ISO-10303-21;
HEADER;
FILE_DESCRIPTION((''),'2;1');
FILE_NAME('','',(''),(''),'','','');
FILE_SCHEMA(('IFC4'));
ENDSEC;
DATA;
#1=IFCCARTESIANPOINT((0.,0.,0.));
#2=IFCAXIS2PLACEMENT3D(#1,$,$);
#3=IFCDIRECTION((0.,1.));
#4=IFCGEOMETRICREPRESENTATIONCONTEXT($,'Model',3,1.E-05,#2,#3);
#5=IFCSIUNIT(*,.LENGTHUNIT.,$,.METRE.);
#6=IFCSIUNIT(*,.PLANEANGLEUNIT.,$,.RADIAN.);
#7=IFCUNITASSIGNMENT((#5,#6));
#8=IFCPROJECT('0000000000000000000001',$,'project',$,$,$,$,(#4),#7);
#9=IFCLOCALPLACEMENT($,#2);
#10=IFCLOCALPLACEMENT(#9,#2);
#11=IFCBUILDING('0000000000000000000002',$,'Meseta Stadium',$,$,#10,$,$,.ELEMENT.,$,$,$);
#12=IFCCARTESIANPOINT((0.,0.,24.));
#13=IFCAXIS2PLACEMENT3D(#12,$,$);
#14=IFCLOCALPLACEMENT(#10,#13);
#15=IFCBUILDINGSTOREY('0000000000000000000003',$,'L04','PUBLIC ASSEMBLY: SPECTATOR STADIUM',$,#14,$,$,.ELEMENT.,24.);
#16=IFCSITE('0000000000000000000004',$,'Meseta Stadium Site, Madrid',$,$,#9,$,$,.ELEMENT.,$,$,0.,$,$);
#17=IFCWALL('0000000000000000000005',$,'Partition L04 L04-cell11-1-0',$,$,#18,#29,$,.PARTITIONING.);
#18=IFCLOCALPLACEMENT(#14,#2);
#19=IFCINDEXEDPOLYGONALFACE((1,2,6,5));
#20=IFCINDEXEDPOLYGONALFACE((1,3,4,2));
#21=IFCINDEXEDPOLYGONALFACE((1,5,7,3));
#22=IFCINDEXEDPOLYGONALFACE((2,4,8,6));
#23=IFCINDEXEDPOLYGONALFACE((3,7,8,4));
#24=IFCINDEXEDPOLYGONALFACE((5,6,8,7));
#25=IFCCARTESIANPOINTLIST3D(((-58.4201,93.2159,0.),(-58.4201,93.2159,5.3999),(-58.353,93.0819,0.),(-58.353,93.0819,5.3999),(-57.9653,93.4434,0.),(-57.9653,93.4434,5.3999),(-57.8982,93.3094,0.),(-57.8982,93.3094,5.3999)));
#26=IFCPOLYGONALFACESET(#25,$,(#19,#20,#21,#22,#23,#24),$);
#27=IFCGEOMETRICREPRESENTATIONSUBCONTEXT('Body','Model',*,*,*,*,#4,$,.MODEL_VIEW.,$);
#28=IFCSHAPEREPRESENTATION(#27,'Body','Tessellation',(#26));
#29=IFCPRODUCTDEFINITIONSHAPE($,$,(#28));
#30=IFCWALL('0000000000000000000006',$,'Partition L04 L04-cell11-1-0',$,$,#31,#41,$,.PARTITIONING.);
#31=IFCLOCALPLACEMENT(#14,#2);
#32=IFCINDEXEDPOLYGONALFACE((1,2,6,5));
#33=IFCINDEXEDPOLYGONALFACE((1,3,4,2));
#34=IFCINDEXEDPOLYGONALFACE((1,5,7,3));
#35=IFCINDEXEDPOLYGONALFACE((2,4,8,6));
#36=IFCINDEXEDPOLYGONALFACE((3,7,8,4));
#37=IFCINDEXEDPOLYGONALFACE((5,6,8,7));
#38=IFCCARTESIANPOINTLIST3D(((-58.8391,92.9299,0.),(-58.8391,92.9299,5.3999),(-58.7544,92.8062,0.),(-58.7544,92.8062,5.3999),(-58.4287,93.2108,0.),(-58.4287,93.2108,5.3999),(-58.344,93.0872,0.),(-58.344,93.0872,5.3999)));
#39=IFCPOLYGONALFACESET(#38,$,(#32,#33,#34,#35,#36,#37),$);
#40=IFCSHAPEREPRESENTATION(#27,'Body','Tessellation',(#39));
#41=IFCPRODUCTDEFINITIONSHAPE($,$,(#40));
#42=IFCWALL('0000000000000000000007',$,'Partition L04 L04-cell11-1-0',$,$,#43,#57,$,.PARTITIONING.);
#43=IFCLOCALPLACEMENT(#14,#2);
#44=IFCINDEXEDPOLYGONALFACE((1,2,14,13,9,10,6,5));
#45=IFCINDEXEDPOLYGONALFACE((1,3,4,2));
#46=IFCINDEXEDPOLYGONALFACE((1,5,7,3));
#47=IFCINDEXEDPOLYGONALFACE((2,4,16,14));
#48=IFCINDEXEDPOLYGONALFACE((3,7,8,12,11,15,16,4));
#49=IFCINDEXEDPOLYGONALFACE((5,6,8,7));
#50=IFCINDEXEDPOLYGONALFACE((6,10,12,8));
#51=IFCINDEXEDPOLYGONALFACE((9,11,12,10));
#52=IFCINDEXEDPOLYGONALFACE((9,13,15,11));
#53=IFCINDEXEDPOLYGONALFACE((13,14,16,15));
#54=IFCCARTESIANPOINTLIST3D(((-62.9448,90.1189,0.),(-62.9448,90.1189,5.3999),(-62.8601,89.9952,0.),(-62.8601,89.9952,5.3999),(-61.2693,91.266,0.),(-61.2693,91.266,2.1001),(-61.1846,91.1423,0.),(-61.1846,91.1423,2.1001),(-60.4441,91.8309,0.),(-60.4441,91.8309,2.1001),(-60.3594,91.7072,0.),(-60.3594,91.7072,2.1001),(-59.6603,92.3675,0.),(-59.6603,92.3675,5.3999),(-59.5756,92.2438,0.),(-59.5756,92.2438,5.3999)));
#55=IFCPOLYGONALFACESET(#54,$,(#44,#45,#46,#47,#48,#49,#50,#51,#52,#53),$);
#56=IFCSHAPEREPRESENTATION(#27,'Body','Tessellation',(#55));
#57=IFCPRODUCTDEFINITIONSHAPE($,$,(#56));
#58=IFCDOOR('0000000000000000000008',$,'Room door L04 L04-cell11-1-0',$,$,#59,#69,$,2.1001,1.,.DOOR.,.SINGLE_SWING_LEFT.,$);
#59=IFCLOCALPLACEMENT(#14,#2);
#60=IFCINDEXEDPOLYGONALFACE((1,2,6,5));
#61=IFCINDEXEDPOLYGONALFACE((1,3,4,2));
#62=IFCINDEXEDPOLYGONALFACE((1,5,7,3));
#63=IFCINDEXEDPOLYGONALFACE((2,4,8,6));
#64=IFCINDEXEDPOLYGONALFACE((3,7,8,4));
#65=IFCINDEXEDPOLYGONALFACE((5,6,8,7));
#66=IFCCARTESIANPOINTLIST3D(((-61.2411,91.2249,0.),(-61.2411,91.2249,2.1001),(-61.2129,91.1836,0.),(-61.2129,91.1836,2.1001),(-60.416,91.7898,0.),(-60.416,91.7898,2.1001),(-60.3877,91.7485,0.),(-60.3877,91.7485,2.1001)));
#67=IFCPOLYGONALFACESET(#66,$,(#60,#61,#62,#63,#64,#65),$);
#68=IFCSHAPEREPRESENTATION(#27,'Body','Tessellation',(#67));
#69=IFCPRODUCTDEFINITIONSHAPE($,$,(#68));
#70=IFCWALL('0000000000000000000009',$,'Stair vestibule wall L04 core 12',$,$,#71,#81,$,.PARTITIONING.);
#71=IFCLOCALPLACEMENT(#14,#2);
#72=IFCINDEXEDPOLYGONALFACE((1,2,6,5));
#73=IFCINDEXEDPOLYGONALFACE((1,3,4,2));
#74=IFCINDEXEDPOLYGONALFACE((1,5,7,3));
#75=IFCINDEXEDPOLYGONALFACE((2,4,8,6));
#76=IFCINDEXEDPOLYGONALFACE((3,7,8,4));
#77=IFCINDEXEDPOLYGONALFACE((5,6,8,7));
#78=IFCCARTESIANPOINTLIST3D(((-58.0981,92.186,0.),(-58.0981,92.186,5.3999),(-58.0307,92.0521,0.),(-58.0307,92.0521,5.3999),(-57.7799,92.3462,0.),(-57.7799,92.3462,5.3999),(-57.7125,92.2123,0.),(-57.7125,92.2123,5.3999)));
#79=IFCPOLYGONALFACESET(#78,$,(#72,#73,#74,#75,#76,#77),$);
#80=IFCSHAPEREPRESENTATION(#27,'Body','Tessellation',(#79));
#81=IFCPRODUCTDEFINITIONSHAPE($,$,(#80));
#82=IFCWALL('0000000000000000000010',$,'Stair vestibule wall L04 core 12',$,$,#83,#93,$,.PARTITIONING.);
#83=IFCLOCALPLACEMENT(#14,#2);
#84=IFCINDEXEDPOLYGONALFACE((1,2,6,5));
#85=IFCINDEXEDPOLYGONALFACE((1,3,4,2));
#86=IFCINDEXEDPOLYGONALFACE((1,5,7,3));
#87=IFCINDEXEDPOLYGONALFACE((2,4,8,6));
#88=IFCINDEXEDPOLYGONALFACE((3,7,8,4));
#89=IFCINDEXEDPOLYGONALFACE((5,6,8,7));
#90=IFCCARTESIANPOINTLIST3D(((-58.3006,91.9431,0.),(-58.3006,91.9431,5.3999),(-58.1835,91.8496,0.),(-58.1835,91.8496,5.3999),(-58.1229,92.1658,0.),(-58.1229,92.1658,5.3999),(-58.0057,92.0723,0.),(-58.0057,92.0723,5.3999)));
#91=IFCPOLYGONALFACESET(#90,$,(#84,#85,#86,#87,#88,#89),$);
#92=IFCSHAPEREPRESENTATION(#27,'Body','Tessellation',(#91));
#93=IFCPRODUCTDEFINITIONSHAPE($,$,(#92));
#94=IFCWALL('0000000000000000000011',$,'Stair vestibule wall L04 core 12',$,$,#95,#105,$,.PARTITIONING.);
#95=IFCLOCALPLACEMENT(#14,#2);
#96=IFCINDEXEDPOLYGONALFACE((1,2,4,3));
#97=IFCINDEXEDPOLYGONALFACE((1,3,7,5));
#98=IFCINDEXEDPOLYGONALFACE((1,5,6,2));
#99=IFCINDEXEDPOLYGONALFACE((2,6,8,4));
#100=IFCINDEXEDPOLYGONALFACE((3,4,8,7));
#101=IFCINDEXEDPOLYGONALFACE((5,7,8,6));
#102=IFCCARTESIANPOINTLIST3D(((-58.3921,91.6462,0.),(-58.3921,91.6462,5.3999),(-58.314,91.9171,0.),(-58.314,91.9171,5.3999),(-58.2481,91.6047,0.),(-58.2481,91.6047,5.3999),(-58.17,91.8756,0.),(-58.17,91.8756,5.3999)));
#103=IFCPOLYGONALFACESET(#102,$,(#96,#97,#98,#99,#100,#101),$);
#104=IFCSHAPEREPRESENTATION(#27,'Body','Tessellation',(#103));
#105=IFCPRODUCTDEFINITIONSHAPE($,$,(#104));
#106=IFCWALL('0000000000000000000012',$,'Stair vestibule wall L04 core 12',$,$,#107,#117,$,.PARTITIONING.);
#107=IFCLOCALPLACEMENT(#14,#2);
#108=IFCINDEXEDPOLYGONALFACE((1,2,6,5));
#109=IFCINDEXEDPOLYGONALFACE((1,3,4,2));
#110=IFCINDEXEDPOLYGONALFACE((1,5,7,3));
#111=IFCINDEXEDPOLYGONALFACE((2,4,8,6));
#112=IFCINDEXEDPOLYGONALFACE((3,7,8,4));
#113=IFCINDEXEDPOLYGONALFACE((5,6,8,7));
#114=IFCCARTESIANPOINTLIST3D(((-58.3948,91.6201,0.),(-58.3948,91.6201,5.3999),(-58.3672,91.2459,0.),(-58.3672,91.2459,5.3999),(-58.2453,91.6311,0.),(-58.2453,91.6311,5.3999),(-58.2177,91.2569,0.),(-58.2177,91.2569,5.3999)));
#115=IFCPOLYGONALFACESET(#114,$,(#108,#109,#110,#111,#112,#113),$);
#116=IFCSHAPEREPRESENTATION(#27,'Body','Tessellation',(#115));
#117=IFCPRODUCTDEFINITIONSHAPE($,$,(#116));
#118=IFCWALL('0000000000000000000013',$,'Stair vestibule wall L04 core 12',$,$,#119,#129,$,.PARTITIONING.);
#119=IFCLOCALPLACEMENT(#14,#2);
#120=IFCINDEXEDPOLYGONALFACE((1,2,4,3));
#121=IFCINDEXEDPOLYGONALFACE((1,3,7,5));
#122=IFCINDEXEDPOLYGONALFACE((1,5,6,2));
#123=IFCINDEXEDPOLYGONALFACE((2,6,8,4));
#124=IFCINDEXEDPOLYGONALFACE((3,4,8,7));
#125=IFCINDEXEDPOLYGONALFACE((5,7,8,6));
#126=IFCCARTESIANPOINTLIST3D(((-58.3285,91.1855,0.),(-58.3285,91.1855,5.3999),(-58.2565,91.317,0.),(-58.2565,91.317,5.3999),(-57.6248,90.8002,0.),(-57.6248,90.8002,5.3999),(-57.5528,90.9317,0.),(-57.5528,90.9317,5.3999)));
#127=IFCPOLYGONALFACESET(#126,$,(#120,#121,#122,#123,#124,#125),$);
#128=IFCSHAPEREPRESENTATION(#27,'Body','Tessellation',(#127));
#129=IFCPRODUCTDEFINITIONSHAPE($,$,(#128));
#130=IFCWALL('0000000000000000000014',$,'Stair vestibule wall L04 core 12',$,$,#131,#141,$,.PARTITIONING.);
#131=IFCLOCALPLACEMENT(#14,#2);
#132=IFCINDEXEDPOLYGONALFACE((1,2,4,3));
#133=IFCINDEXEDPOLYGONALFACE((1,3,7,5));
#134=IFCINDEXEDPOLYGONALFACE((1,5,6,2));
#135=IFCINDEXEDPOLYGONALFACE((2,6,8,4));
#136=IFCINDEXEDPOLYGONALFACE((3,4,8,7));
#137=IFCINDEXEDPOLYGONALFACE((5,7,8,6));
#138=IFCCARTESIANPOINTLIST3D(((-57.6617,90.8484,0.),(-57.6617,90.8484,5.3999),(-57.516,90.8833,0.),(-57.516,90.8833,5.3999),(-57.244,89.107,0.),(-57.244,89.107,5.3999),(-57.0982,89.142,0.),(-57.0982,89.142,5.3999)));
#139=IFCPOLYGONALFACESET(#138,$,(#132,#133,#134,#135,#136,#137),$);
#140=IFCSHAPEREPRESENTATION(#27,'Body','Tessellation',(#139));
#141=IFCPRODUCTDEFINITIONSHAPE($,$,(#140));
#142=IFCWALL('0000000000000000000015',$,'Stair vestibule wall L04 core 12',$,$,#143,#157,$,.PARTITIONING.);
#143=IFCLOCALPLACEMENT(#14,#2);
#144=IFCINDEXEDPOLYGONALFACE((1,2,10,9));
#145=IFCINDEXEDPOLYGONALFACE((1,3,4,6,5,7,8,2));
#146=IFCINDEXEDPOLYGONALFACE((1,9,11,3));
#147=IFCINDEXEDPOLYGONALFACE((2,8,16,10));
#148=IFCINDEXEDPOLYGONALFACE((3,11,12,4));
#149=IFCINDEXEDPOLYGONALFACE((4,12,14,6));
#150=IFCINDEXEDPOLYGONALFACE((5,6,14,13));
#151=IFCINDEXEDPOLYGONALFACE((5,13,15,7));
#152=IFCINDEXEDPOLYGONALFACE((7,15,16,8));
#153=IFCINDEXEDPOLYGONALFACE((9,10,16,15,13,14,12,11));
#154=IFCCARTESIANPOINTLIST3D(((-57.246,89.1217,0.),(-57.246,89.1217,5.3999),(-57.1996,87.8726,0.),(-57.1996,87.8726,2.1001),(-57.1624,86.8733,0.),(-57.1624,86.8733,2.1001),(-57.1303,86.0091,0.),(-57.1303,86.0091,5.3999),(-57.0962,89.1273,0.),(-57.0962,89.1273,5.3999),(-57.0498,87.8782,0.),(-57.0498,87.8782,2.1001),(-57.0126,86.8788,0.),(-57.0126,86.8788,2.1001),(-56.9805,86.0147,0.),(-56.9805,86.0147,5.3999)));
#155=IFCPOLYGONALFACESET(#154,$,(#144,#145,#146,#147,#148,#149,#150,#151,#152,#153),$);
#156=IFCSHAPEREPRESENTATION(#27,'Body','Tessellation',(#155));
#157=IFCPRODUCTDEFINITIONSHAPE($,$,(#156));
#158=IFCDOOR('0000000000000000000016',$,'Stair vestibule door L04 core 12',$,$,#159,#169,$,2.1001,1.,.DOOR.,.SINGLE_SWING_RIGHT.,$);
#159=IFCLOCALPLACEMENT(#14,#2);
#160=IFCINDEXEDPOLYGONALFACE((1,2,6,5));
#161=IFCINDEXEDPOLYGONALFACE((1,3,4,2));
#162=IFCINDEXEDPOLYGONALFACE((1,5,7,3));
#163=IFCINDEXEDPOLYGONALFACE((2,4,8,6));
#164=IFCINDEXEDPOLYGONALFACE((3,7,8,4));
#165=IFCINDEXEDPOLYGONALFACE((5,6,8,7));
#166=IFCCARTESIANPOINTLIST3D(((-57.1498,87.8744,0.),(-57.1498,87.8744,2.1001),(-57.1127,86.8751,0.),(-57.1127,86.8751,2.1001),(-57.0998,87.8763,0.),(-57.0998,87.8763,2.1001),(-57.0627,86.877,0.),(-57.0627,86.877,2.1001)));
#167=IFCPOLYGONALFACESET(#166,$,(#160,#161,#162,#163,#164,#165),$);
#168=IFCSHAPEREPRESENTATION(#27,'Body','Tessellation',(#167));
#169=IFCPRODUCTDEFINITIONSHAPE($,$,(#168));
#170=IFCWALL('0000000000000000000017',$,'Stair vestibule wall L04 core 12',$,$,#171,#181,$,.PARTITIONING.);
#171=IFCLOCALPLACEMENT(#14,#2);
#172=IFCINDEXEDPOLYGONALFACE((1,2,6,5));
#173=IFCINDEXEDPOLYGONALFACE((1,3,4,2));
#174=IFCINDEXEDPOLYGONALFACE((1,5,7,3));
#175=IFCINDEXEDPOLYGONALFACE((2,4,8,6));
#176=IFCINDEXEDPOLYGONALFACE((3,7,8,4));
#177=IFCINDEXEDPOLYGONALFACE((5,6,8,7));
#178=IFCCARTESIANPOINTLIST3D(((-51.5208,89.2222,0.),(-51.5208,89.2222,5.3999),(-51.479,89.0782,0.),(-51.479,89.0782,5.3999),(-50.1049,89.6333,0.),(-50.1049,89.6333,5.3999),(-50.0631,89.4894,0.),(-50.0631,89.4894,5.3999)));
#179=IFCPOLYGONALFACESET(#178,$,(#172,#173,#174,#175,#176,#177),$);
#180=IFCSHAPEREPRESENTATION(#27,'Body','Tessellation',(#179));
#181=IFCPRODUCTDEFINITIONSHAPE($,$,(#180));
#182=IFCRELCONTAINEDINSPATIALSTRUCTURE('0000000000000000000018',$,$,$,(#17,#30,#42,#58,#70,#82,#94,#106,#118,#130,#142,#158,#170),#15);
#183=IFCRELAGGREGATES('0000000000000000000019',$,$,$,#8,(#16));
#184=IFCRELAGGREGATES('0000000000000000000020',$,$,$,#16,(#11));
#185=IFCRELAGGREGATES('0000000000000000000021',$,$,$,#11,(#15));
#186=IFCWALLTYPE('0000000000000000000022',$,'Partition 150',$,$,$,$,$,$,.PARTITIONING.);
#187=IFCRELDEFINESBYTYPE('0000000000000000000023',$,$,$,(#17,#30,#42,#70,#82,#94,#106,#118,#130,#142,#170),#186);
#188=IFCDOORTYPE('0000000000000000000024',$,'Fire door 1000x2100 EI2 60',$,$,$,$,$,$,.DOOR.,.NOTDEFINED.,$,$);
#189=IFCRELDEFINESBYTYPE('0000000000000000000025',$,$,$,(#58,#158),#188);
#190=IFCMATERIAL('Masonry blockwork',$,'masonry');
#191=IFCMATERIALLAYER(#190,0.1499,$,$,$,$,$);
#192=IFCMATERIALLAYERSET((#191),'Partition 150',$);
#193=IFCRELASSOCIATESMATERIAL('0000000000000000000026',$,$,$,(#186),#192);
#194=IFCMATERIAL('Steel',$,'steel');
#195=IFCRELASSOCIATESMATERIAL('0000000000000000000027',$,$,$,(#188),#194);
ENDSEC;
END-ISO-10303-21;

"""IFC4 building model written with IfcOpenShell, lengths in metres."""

from ifc_helpers import new_model, si_unit, direction, frame, frame_2d, origin, place, context, subcontext, project, spatial, rectangle, extrude, material, layer, layer_set, type_object, element, fill, save


model = new_model("IFC4")

# Units and contexts
model_context = context("Model", 3, precision=1e-05, world=origin(), true_north=direction((0.0, 1.0)))
body_context = subcontext(model_context, "Body", "Model", "MODEL_VIEW")
ifc_project = project(units=[si_unit("LENGTHUNIT", "METRE"), si_unit("PLANEANGLEUNIT", "RADIAN")], contexts=[model_context])

# Site, building, storey
site_placement = place(None, origin())
site = spatial("IfcSite", under=ifc_project, at=site_placement, Name="Meseta Stadium Site, Madrid", CompositionType="ELEMENT", RefElevation=0.0)
building_placement = place(site_placement, origin())
building = spatial("IfcBuilding", under=site, at=building_placement, Name="Meseta Stadium", CompositionType="ELEMENT")
storey_placement = place(building_placement, frame((0.0, 0.0, 24.0)))
storey = spatial("IfcBuildingStorey", under=building, at=storey_placement, Name="L04", Description="PUBLIC ASSEMBLY: SPECTATOR STADIUM", CompositionType="ELEMENT", Elevation=24.0)

# Walls
ifc_material_1 = material(Name="Masonry blockwork", Category="masonry")
ifc_layer_1 = layer(ifc_material_1, 0.1499)
ifc_layer_set_1 = layer_set([ifc_layer_1], Name="Partition 150")
wall_type_1 = type_object("IfcWallType", Name="Partition 150", PredefinedType="PARTITIONING", material=ifc_layer_set_1)
wall_1_placement = place(storey_placement, frame((-57.9316, 93.3765, 0.0), z_axis=(0.0, 0.0, 1.0), x_axis=(-0.894331, -0.447406, 0.0)))
element("IfcWall", 1, at=wall_1_placement, inside=storey, type_object=wall_type_1, Name="Partition L04 L04-cell11-1-0", PredefinedType="PARTITIONING", context=body_context, shape_type="SweptSolid", body=[
    extrude(rectangle(XDim=0.5085, YDim=0.1499, at=frame_2d((0.2544, 0.0))), origin(), (0.0, 0.0, 1.0), 5.3999),
])
wall_2_placement = place(storey_placement, frame((-58.3865, 93.1489, 0.0), z_axis=(0.0, 0.0, 1.0), x_axis=(-0.825115, -0.564965, 0.0)))
element("IfcWall", 2, at=wall_2_placement, inside=storey, type_object=wall_type_1, Name="Partition L04 L04-cell11-1-0", PredefinedType="PARTITIONING", context=body_context, shape_type="SweptSolid", body=[
    extrude(rectangle(XDim=0.4973, YDim=0.1499, at=frame_2d((0.2485, 0.0))), origin(), (0.0, 0.0, 1.0), 5.3999),
])

# Wall, opening, door
wall_3_placement = place(storey_placement, frame((-59.6179, 92.3057, 0.0), z_axis=(0.0, 0.0, 1.0), x_axis=(-0.825155, -0.564906, 0.0)))
wall_3 = element("IfcWall", 3, at=wall_3_placement, inside=storey, type_object=wall_type_1, Name="Partition L04 L04-cell11-1-0", PredefinedType="PARTITIONING", context=body_context, shape_type="SweptSolid", body=[
    extrude(rectangle(XDim=3.9805, YDim=0.1499, at=frame_2d((1.9902, 0.0))), origin(), (0.0, 0.0, 1.0), 5.3999),
])
opening_1_placement = place(wall_3_placement, frame((0.95, 0.0, 0.0)))
opening_1 = element("IfcOpeningElement", 4, at=opening_1_placement, cuts=wall_3, PredefinedType="OPENING", context=body_context, shape_type="SweptSolid", body=[
    extrude(rectangle(XDim=1.0, YDim=2.1001, at=frame_2d((0.5, 1.05))), frame((0.0, 0.085, 0.0), z_axis=(0.0, -1.0, 0.0), x_axis=(1.0, 0.0, 0.0)), (0.0, 0.0, 1.0), 0.1699),
])
ifc_material_2 = material(Name="Steel", Category="steel")
door_type_1 = type_object("IfcDoorType", Name="Fire door 1000x2100 EI2 60", OperationType="NOTDEFINED", PredefinedType="DOOR", material=ifc_material_2)
door_1_placement = place(opening_1_placement, origin())
door_1 = element("IfcDoor", 5, at=door_1_placement, inside=storey, type_object=door_type_1, Name="Room door L04 L04-cell11-1-0", OperationType="SINGLE_SWING_LEFT", OverallHeight=2.1001, OverallWidth=1.0, PredefinedType="DOOR", context=body_context, shape_type="SweptSolid", body=[
    extrude(rectangle(XDim=1.0, YDim=2.1001, at=frame_2d((0.5, 1.05))), frame((0.0, 0.0249, 0.0), z_axis=(0.0, -1.0, 0.0), x_axis=(1.0, 0.0, 0.0)), (0.0, 0.0, 1.0), 0.05),
])
fill(opening_1, door_1)

# Walls
wall_4_placement = place(storey_placement, frame((-57.7461, 92.2793, 0.0), z_axis=(0.0, 0.0, 1.0), x_axis=(-0.89319, -0.44968, 0.0)))
element("IfcWall", 6, at=wall_4_placement, inside=storey, type_object=wall_type_1, Name="Stair vestibule wall L04 core 12", PredefinedType="PARTITIONING", context=body_context, shape_type="SweptSolid", body=[
    extrude(rectangle(XDim=0.3562, YDim=0.1499, at=frame_2d((0.1782, 0.0))), origin(), (0.0, 0.0, 1.0), 5.3999),
])
wall_5_placement = place(storey_placement, frame((-58.0642, 92.1191, 0.0), z_axis=(0.0, 0.0, 1.0), x_axis=(-0.623859, -0.781537, 0.0)))
element("IfcWall", 7, at=wall_5_placement, inside=storey, type_object=wall_type_1, Name="Stair vestibule wall L04 core 12", PredefinedType="PARTITIONING", context=body_context, shape_type="SweptSolid", body=[
    extrude(rectangle(XDim=0.2849, YDim=0.1499, at=frame_2d((0.1426, 0.0))), origin(), (0.0, 0.0, 1.0), 5.3999),
])
wall_6_placement = place(storey_placement, frame((-58.2419, 91.8965, 0.0), z_axis=(0.0, 0.0, 1.0), x_axis=(-0.277007, -0.960868, 0.0)))
element("IfcWall", 8, at=wall_6_placement, inside=storey, type_object=wall_type_1, Name="Stair vestibule wall L04 core 12", PredefinedType="PARTITIONING", context=body_context, shape_type="SweptSolid", body=[
    extrude(rectangle(XDim=0.282, YDim=0.1499, at=frame_2d((0.1411, 0.0))), origin(), (0.0, 0.0, 1.0), 5.3999),
])
wall_7_placement = place(storey_placement, frame((-58.3201, 91.6255, 0.0), z_axis=(0.0, 0.0, 1.0), x_axis=(0.073512, -0.997294, 0.0)))
element("IfcWall", 9, at=wall_7_placement, inside=storey, type_object=wall_type_1, Name="Stair vestibule wall L04 core 12", PredefinedType="PARTITIONING", context=body_context, shape_type="SweptSolid", body=[
    extrude(rectangle(XDim=0.3752, YDim=0.1499, at=frame_2d((0.1875, 0.0))), origin(), (0.0, 0.0, 1.0), 5.3999),
])
wall_8_placement = place(storey_placement, frame((-58.2925, 91.2512, 0.0), z_axis=(0.0, 0.0, 1.0), x_axis=(0.877127, -0.480259, 0.0)))
element("IfcWall", 10, at=wall_8_placement, inside=storey, type_object=wall_type_1, Name="Stair vestibule wall L04 core 12", PredefinedType="PARTITIONING", context=body_context, shape_type="SweptSolid", body=[
    extrude(rectangle(XDim=0.8022, YDim=0.1499, at=frame_2d((0.4011, 0.0))), origin(), (0.0, 0.0, 1.0), 5.3999),
])
wall_9_placement = place(storey_placement, frame((-57.5889, 90.866, 0.0), z_axis=(0.0, 0.0, 1.0), x_axis=(0.233254, -0.972416, 0.0)))
element("IfcWall", 11, at=wall_9_placement, inside=storey, type_object=wall_type_1, Name="Stair vestibule wall L04 core 12", PredefinedType="PARTITIONING", context=body_context, shape_type="SweptSolid", body=[
    extrude(rectangle(XDim=1.7908, YDim=0.1499, at=frame_2d((0.8955, 0.0))), origin(), (0.0, 0.0, 1.0), 5.3999),
])

# Wall, opening, door
wall_10_placement = place(storey_placement, frame((-57.1711, 89.1245, 0.0), z_axis=(0.0, 0.0, 1.0), x_axis=(0.037154, -0.99931, 0.0)))
wall_10 = element("IfcWall", 12, at=wall_10_placement, inside=storey, type_object=wall_type_1, Name="Stair vestibule wall L04 core 12", PredefinedType="PARTITIONING", context=body_context, shape_type="SweptSolid", body=[
    extrude(rectangle(XDim=3.1147, YDim=0.1499, at=frame_2d((1.5574, 0.0))), origin(), (0.0, 0.0, 1.0), 5.3999),
])
opening_2_placement = place(wall_10_placement, frame((1.25, 0.0, 0.0)))
opening_2 = element("IfcOpeningElement", 13, at=opening_2_placement, cuts=wall_10, PredefinedType="OPENING", context=body_context, shape_type="SweptSolid", body=[
    extrude(rectangle(XDim=1.0, YDim=2.1001, at=frame_2d((0.5, 1.05))), frame((0.0, 0.085, 0.0), z_axis=(0.0, -1.0, 0.0), x_axis=(1.0, 0.0, 0.0)), (0.0, 0.0, 1.0), 0.1699),
])
door_2_placement = place(opening_2_placement, origin())
door_2 = element("IfcDoor", 14, at=door_2_placement, inside=storey, type_object=door_type_1, Name="Stair vestibule door L04 core 12", OperationType="SINGLE_SWING_RIGHT", OverallHeight=2.1001, OverallWidth=1.0, PredefinedType="DOOR", context=body_context, shape_type="SweptSolid", body=[
    extrude(rectangle(XDim=1.0, YDim=2.1001, at=frame_2d((0.5, 1.05))), frame((0.0, 0.0249, 0.0), z_axis=(0.0, -1.0, 0.0), x_axis=(1.0, 0.0, 0.0)), (0.0, 0.0, 1.0), 0.05),
])
fill(opening_2, door_2)

# Wall
wall_11_placement = place(storey_placement, frame((-51.5, 89.1501, 0.0), z_axis=(0.0, 0.0, 1.0), x_axis=(0.960328, 0.278874, 0.0)))
element("IfcWall", 15, at=wall_11_placement, inside=storey, type_object=wall_type_1, Name="Stair vestibule wall L04 core 12", PredefinedType="PARTITIONING", context=body_context, shape_type="SweptSolid", body=[
    extrude(rectangle(XDim=1.4744, YDim=0.1499, at=frame_2d((0.7373, 0.0))), origin(), (0.0, 0.0, 1.0), 5.3999),
])

save(model, "model.ifc")
